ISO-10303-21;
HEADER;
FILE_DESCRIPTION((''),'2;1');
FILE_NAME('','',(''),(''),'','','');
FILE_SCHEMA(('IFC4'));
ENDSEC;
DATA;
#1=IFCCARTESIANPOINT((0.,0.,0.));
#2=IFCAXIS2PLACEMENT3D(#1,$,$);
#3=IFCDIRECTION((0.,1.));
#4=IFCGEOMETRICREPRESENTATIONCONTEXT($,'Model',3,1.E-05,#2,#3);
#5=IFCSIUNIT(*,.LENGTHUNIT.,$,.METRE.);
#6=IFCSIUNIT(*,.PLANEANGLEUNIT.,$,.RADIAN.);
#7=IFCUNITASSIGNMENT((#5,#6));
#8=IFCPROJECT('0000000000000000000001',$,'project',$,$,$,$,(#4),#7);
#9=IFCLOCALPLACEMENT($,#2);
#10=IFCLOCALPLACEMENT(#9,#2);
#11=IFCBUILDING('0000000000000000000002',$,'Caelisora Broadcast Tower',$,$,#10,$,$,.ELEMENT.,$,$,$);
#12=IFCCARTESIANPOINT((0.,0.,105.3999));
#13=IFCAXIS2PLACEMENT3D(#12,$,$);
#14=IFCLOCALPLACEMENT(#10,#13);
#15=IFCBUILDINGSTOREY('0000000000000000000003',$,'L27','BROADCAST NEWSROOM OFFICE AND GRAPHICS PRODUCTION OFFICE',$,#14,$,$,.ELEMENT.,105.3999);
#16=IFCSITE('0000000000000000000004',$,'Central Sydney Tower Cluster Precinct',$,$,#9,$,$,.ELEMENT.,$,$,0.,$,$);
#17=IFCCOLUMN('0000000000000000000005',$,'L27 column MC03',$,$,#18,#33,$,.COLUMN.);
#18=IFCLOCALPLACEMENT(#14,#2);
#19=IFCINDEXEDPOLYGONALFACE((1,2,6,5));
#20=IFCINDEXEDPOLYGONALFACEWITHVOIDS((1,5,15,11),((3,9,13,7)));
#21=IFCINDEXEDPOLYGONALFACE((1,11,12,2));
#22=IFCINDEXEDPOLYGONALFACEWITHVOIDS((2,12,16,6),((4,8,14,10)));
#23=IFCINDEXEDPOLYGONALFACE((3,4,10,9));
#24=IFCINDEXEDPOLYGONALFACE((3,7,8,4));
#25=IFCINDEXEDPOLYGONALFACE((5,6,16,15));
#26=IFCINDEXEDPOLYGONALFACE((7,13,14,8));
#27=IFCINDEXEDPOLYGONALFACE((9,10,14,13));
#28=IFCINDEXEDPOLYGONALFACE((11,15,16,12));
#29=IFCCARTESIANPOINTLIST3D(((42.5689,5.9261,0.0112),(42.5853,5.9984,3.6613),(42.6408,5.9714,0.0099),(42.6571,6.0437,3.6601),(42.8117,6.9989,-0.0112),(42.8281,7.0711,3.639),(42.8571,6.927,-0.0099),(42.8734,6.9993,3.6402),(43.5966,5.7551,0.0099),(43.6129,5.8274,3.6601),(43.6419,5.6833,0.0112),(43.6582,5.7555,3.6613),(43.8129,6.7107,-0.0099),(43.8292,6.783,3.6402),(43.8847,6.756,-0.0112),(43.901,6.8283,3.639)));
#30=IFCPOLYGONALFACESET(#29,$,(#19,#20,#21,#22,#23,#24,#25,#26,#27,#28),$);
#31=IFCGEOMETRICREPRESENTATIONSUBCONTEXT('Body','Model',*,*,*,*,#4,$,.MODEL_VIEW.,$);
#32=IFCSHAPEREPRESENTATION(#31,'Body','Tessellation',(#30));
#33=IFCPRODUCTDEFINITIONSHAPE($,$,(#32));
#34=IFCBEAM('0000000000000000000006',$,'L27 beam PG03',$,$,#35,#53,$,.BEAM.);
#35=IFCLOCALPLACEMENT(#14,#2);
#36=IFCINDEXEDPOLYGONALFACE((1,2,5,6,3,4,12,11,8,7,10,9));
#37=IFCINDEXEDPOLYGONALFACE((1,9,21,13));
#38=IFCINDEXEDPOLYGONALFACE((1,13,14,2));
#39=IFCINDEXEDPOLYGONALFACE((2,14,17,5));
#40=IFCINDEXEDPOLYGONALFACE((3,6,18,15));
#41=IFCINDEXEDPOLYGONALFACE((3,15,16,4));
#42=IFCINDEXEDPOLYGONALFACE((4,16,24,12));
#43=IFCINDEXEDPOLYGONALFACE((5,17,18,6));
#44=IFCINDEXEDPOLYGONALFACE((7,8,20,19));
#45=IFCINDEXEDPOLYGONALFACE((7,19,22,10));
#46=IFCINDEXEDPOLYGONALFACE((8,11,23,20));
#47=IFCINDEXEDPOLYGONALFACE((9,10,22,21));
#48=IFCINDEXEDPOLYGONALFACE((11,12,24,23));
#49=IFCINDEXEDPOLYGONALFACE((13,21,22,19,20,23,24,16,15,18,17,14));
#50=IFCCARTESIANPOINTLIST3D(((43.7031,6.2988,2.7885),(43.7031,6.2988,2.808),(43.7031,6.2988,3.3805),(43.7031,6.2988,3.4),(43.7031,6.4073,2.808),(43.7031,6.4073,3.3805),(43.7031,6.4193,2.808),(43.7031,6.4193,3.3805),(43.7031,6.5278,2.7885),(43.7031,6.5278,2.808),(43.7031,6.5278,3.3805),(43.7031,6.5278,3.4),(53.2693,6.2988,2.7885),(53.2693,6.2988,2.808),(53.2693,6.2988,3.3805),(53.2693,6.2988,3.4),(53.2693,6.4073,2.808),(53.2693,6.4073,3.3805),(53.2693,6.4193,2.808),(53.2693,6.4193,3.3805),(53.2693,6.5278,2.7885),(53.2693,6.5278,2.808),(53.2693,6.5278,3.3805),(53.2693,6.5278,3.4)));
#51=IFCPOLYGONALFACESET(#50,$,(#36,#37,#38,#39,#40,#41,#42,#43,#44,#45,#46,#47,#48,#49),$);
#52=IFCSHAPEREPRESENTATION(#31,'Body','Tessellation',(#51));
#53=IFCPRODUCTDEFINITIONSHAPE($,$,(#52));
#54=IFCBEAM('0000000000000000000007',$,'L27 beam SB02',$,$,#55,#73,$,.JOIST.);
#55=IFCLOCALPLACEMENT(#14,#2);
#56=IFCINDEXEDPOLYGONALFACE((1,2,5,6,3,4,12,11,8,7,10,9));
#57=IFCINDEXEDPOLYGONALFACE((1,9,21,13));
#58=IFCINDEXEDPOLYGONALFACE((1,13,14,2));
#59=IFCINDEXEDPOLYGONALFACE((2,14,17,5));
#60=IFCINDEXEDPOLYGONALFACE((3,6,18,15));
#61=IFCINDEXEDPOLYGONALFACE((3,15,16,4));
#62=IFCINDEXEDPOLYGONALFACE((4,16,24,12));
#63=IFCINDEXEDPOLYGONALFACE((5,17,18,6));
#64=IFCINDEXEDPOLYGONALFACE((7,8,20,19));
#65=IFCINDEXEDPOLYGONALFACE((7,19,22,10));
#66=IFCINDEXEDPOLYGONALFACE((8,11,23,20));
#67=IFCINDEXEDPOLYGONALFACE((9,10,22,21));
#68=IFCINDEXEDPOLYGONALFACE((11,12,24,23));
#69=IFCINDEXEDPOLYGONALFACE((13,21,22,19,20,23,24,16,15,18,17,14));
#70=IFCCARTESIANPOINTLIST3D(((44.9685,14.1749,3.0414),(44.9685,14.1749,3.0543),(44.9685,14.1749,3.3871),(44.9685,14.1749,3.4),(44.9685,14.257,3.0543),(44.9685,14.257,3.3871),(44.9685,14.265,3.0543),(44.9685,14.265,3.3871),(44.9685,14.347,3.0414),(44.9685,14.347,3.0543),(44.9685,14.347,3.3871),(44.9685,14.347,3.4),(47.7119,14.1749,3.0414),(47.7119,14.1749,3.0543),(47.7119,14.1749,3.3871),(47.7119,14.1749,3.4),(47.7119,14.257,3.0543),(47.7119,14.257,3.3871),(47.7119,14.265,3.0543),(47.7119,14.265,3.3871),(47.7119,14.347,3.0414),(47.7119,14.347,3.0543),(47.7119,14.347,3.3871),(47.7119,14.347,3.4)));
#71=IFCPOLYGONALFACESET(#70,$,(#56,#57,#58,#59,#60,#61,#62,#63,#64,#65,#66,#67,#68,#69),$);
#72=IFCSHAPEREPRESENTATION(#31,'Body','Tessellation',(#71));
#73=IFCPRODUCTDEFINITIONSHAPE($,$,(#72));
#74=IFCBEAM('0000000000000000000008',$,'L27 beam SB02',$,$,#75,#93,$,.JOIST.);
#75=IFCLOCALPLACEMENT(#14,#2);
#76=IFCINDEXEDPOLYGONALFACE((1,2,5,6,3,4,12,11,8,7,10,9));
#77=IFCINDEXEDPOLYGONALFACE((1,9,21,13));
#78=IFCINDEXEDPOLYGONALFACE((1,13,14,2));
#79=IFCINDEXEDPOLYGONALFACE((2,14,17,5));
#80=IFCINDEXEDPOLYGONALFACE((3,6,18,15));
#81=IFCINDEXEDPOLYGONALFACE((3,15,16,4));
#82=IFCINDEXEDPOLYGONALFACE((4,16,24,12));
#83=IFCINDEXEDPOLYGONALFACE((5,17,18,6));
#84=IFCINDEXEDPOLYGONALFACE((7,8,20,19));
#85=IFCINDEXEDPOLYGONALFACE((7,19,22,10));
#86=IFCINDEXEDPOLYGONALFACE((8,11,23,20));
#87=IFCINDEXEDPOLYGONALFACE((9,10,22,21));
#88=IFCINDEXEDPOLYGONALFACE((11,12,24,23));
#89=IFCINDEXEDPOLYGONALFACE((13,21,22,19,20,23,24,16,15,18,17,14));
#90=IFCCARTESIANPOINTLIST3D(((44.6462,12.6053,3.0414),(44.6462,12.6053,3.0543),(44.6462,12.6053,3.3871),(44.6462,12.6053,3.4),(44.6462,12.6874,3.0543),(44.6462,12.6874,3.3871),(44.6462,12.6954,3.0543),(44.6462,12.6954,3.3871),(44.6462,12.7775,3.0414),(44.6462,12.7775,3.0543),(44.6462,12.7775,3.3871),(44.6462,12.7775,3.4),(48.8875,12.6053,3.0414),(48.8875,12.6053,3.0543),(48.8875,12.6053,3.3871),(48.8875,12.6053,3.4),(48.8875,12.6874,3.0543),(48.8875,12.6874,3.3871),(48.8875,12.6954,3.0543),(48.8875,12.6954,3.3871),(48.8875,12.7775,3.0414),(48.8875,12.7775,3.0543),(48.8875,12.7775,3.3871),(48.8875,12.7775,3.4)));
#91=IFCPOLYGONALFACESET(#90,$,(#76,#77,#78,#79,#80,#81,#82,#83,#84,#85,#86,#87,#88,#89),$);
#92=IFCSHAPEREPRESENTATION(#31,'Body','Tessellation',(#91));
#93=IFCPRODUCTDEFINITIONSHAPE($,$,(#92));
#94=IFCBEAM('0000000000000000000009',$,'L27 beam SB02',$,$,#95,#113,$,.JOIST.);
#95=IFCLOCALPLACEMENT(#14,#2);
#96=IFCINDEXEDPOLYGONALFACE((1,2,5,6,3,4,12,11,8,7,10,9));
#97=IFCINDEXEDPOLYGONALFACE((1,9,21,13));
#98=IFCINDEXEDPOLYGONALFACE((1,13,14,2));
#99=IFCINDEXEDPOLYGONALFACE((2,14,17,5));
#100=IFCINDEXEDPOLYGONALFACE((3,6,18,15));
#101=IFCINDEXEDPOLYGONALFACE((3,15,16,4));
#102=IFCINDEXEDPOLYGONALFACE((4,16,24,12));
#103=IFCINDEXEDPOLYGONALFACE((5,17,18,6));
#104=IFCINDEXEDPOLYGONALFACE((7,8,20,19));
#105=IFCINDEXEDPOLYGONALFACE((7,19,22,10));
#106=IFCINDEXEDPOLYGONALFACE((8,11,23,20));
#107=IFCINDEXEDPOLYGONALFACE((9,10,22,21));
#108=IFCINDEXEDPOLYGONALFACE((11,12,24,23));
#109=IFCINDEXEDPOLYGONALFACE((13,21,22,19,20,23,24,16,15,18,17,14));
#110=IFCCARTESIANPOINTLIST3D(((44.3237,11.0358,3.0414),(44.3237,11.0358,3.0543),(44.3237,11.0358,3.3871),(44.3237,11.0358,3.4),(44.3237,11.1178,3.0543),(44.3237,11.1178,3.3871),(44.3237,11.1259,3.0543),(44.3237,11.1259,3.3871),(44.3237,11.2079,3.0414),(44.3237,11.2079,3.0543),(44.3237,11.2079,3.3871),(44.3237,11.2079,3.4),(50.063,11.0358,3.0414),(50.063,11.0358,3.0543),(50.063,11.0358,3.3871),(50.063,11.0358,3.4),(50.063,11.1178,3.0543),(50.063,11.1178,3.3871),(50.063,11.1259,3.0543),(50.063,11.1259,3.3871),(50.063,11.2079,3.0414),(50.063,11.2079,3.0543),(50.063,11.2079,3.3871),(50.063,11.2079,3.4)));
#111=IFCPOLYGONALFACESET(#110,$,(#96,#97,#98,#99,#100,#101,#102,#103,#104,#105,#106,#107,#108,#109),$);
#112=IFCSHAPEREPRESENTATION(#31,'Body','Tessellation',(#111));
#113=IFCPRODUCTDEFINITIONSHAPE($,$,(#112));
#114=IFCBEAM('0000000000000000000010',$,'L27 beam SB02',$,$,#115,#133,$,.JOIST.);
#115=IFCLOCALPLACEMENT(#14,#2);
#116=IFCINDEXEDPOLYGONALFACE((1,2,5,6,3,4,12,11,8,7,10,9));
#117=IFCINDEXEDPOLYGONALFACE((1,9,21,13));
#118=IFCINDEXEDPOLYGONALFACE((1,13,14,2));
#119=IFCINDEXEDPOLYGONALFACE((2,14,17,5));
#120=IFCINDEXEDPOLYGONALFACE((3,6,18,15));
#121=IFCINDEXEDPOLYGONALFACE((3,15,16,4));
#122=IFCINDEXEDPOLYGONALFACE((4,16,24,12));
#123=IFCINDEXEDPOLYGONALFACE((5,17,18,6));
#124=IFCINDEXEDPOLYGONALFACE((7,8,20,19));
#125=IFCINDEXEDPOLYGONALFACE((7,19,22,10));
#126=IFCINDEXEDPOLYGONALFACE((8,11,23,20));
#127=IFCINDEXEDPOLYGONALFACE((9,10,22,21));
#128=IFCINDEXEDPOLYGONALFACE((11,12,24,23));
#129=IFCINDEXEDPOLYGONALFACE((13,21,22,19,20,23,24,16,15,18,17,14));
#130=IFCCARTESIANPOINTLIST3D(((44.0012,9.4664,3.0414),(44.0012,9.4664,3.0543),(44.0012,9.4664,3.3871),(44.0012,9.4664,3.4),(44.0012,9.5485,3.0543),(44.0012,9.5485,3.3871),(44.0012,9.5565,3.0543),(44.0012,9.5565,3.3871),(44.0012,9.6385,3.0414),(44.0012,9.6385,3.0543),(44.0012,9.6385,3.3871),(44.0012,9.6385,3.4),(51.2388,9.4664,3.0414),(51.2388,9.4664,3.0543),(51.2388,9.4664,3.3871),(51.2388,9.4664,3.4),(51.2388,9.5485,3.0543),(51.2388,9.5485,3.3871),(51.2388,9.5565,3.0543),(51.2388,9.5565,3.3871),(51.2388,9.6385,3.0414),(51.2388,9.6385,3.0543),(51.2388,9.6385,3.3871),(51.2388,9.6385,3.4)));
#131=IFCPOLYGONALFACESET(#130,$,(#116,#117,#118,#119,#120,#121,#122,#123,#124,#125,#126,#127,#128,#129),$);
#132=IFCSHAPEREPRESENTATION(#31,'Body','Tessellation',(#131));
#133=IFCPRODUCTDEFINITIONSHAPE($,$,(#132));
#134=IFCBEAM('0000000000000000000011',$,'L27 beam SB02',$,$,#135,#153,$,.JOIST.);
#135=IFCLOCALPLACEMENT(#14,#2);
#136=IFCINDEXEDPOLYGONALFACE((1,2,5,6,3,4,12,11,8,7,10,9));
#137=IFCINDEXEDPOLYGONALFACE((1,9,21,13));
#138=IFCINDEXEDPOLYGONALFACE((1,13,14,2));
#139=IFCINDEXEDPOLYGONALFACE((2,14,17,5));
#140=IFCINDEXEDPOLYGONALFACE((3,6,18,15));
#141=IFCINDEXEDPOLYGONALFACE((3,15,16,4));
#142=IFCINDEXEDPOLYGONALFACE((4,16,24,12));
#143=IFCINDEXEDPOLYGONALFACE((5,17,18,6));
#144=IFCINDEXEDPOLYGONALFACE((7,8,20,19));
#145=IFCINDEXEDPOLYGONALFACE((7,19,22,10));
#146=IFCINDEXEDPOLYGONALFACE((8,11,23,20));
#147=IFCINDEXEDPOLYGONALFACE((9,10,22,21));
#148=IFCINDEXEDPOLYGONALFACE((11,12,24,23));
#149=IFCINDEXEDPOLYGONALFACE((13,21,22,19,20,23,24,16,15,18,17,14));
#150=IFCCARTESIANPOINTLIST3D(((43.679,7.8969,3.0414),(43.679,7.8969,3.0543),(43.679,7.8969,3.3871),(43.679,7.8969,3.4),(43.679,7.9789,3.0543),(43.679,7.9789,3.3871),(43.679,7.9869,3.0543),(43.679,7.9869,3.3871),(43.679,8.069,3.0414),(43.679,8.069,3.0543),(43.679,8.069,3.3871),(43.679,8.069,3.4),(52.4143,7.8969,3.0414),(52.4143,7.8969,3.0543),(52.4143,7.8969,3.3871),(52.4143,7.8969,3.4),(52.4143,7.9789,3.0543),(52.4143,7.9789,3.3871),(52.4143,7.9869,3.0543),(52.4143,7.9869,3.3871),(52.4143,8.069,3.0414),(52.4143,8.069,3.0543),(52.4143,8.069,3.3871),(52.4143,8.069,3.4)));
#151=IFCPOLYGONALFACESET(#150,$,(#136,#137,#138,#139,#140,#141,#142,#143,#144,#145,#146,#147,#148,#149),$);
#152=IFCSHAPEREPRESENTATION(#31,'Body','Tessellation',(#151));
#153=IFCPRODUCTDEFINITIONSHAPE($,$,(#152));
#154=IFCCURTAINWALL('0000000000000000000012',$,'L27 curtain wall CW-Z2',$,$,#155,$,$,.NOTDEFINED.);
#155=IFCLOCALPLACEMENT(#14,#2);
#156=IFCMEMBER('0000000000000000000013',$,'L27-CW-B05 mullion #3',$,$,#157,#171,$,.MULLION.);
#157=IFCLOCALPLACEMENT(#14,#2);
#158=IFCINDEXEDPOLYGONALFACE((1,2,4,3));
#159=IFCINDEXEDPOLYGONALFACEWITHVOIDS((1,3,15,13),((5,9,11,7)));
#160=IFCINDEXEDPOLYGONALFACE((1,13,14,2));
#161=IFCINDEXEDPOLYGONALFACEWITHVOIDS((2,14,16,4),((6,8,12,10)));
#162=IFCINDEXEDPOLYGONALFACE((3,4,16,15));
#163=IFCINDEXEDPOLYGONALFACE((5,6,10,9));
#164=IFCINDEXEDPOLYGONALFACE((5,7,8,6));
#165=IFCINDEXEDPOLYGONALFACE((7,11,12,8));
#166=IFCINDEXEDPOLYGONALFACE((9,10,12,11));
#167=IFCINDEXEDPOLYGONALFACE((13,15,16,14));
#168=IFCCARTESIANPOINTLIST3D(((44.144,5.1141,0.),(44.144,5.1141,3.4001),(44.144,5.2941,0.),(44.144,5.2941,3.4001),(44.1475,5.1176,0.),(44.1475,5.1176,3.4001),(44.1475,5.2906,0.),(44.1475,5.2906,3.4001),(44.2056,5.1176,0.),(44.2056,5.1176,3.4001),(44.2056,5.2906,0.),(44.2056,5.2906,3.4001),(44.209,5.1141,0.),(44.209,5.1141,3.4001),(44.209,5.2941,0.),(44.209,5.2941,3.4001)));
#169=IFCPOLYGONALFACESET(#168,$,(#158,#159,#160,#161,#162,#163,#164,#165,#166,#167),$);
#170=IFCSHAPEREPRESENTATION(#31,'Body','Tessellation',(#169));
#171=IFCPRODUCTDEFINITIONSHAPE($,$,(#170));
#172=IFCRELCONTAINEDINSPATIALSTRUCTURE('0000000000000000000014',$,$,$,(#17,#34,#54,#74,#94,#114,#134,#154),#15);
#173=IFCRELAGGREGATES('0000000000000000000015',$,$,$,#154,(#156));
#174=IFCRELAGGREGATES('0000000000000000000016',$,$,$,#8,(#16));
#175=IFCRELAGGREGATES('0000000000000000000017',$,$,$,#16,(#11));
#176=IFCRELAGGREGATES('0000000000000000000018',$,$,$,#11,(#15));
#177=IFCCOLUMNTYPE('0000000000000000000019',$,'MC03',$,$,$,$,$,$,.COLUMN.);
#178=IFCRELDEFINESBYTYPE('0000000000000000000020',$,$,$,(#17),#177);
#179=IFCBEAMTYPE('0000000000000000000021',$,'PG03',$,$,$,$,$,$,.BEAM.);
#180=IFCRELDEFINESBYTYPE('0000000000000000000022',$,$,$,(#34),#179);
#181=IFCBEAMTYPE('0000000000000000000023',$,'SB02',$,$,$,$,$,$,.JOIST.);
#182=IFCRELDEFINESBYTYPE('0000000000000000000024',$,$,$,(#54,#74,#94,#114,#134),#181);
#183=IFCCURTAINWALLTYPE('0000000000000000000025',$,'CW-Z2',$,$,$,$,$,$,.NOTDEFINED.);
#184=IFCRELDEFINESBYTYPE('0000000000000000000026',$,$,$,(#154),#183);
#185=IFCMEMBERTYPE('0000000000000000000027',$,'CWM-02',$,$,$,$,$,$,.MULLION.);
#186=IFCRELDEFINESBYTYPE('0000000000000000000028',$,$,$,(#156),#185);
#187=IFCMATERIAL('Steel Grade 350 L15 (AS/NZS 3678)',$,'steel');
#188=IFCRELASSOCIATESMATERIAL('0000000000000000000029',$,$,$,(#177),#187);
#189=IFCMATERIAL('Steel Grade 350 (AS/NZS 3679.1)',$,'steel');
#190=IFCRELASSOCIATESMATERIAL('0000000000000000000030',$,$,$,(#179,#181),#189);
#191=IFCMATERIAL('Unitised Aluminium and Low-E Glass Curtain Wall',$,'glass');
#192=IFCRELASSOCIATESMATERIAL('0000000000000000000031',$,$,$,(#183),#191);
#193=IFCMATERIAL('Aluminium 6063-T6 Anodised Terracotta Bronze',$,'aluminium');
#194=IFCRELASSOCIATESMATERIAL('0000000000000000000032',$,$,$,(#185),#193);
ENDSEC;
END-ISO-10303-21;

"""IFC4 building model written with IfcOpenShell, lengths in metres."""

from ifc_helpers import new_model, si_unit, direction, frame, origin, origin_2d, place, context, subcontext, project, spatial, hollow_rectangle, i_section, extrude, source, transform, mapped, material, material_profile, profile_set, type_object, type_shapes, element, aggregate, save


model = new_model("IFC4")

# Units and contexts
model_context = context("Model", 3, precision=1e-05, world=origin(), true_north=direction((0.0, 1.0)))
body_context = subcontext(model_context, "Body", "Model", "MODEL_VIEW")
ifc_project = project(units=[si_unit("LENGTHUNIT", "METRE"), si_unit("PLANEANGLEUNIT", "RADIAN")], contexts=[model_context])

# Site, building, storey
site_placement = place(None, origin())
site = spatial("IfcSite", under=ifc_project, at=site_placement, Name="Central Sydney Tower Cluster Precinct", CompositionType="ELEMENT", RefElevation=0.0)
building_placement = place(site_placement, origin())
building = spatial("IfcBuilding", under=site, at=building_placement, Name="Caelisora Broadcast Tower", CompositionType="ELEMENT")
storey_placement = place(building_placement, frame((0.0, 0.0, 105.3999)))
storey = spatial("IfcBuildingStorey", under=building, at=storey_placement, Name="L27", Description="BROADCAST NEWSROOM OFFICE AND GRAPHICS PRODUCTION OFFICE", CompositionType="ELEMENT", Elevation=105.3999)

# Column
ifc_material_1 = material(Name="Steel Grade 350 L15 (AS/NZS 3678)", Category="steel")
ifc_material_profile_1 = material_profile(ifc_material_1, hollow_rectangle(XDim=1.1001, YDim=1.1001, WallThickness=0.0601, at=origin_2d()), Name="Steel Grade 350 L15 (AS/NZS 3678)")
ifc_profile_set_1 = profile_set([ifc_material_profile_1], Name="Steel Grade 350 L15 (AS/NZS 3678)")
column_type = type_object("IfcColumnType", Name="MC03", PredefinedType="COLUMN", material=ifc_profile_set_1)
shared_shape_1 = source(origin(), body_context, "Body", "SweptSolid", [
    extrude(hollow_rectangle(XDim=1.1001, YDim=1.1001, WallThickness=0.0601, at=origin_2d()), origin(), (0.0, 0.0, 1.0), 3.6509),
])
type_shapes(column_type, [shared_shape_1])
column_placement = place(storey_placement, frame((43.2268, 6.3411, 0.0), z_axis=(0.00448, 0.019794, 0.999794), x_axis=(-0.975327, 0.220767, 0.0)))
element("IfcColumn", 1, at=column_placement, inside=storey, type_object=column_type, Name="L27 column MC03", PredefinedType="COLUMN", context=body_context, shape_type="MappedRepresentation", body=[
    mapped(shared_shape_1, transform((0.0, 0.0, 0.0), scale=1.0)),
])

# Beams
ifc_material_2 = material(Name="Steel Grade 350 (AS/NZS 3679.1)", Category="steel")
ifc_material_profile_2 = material_profile(ifc_material_2, i_section(OverallWidth=0.229, OverallDepth=0.6116, WebThickness=0.012, FlangeThickness=0.0195, at=origin_2d()), Name="Steel Grade 350 (AS/NZS 3679.1)")
ifc_profile_set_2 = profile_set([ifc_material_profile_2], Name="Steel Grade 350 (AS/NZS 3679.1)")
beam_type_1 = type_object("IfcBeamType", Name="PG03", PredefinedType="BEAM", material=ifc_profile_set_2)
shared_shape_2 = source(origin(), body_context, "Body", "SweptSolid", [
    extrude(i_section(OverallWidth=0.229, OverallDepth=0.6116, WebThickness=0.012, FlangeThickness=0.0195, at=origin_2d()), origin(), (0.0, 0.0, 1.0), 9.5662),
])
type_shapes(beam_type_1, [shared_shape_2])
beam_1_placement = place(storey_placement, frame((43.7031, 6.4133, 3.0942), z_axis=(1.0, 0.0, 0.0), x_axis=(0.0, 1.0, 0.0)))
element("IfcBeam", 2, at=beam_1_placement, inside=storey, type_object=beam_type_1, Name="L27 beam PG03", PredefinedType="BEAM", context=body_context, shape_type="MappedRepresentation", body=[
    mapped(shared_shape_2, transform((0.0, 0.0, 0.0), scale=1.0)),
])
ifc_material_profile_3 = material_profile(ifc_material_2, i_section(OverallWidth=0.1721, OverallDepth=0.3586, WebThickness=0.0081, FlangeThickness=0.0129, at=origin_2d()), Name="Steel Grade 350 (AS/NZS 3679.1)")
ifc_profile_set_3 = profile_set([ifc_material_profile_3], Name="Steel Grade 350 (AS/NZS 3679.1)")
beam_type_2 = type_object("IfcBeamType", Name="SB02", PredefinedType="JOIST", material=ifc_profile_set_3)
shared_shape_3 = source(origin(), body_context, "Body", "SweptSolid", [
    extrude(i_section(OverallWidth=0.1721, OverallDepth=0.3586, WebThickness=0.0081, FlangeThickness=0.0129, at=origin_2d()), origin(), (0.0, 0.0, 1.0), 2.7434),
])
beam_2_placement = place(storey_placement, frame((44.9685, 14.261, 3.2207), z_axis=(1.0, 0.0, 0.0), x_axis=(0.0, 1.0, 0.0)))
element("IfcBeam", 3, at=beam_2_placement, inside=storey, type_object=beam_type_2, Name="L27 beam SB02", PredefinedType="JOIST", context=body_context, shape_type="MappedRepresentation", body=[
    mapped(shared_shape_3, transform((0.0, 0.0, 0.0), scale=1.0)),
])
shared_shape_4 = source(origin(), body_context, "Body", "SweptSolid", [
    extrude(i_section(OverallWidth=0.1721, OverallDepth=0.3586, WebThickness=0.0081, FlangeThickness=0.0129, at=origin_2d()), origin(), (0.0, 0.0, 1.0), 4.2412),
])
beam_3_placement = place(storey_placement, frame((44.6462, 12.6914, 3.2207), z_axis=(1.0, 0.0, 0.0), x_axis=(0.0, 1.0, 0.0)))
element("IfcBeam", 4, at=beam_3_placement, inside=storey, type_object=beam_type_2, Name="L27 beam SB02", PredefinedType="JOIST", context=body_context, shape_type="MappedRepresentation", body=[
    mapped(shared_shape_4, transform((0.0, 0.0, 0.0), scale=1.0)),
])
shared_shape_5 = source(origin(), body_context, "Body", "SweptSolid", [
    extrude(i_section(OverallWidth=0.1721, OverallDepth=0.3586, WebThickness=0.0081, FlangeThickness=0.0129, at=origin_2d()), origin(), (0.0, 0.0, 1.0), 5.7393),
])
beam_4_placement = place(storey_placement, frame((44.3237, 11.1218, 3.2207), z_axis=(1.0, 0.0, 0.0), x_axis=(0.0, 1.0, 0.0)))
element("IfcBeam", 5, at=beam_4_placement, inside=storey, type_object=beam_type_2, Name="L27 beam SB02", PredefinedType="JOIST", context=body_context, shape_type="MappedRepresentation", body=[
    mapped(shared_shape_5, transform((0.0, 0.0, 0.0), scale=1.0)),
])
shared_shape_6 = source(origin(), body_context, "Body", "SweptSolid", [
    extrude(i_section(OverallWidth=0.1721, OverallDepth=0.3586, WebThickness=0.0081, FlangeThickness=0.0129, at=origin_2d()), origin(), (0.0, 0.0, 1.0), 7.2375),
])
beam_5_placement = place(storey_placement, frame((44.0012, 9.5525, 3.2207), z_axis=(1.0, 0.0, 0.0), x_axis=(0.0, 1.0, 0.0)))
element("IfcBeam", 6, at=beam_5_placement, inside=storey, type_object=beam_type_2, Name="L27 beam SB02", PredefinedType="JOIST", context=body_context, shape_type="MappedRepresentation", body=[
    mapped(shared_shape_6, transform((0.0, 0.0, 0.0), scale=1.0)),
])
shared_shape_7 = source(origin(), body_context, "Body", "SweptSolid", [
    extrude(i_section(OverallWidth=0.1721, OverallDepth=0.3586, WebThickness=0.0081, FlangeThickness=0.0129, at=origin_2d()), origin(), (0.0, 0.0, 1.0), 8.7354),
])
type_shapes(beam_type_2, [shared_shape_3, shared_shape_4, shared_shape_5, shared_shape_6, shared_shape_7])
beam_6_placement = place(storey_placement, frame((43.679, 7.9829, 3.2207), z_axis=(1.0, 0.0, 0.0), x_axis=(0.0, 1.0, 0.0)))
element("IfcBeam", 7, at=beam_6_placement, inside=storey, type_object=beam_type_2, Name="L27 beam SB02", PredefinedType="JOIST", context=body_context, shape_type="MappedRepresentation", body=[
    mapped(shared_shape_7, transform((0.0, 0.0, 0.0), scale=1.0)),
])

# Curtain wall, member
ifc_material_3 = material(Name="Unitised Aluminium and Low-E Glass Curtain Wall", Category="glass")
curtain_wall_type_1 = type_object("IfcCurtainWallType", Name="CW-Z2", PredefinedType="NOTDEFINED", material=ifc_material_3)
curtain_wall_1_placement = place(storey_placement, origin())
curtain_wall_1 = element("IfcCurtainWall", 8, at=curtain_wall_1_placement, inside=storey, type_object=curtain_wall_type_1, Name="L27 curtain wall CW-Z2", PredefinedType="NOTDEFINED")
ifc_material_4 = material(Name="Aluminium 6063-T6 Anodised Terracotta Bronze", Category="aluminium")
ifc_material_profile_4 = material_profile(ifc_material_4, hollow_rectangle(XDim=0.0649, YDim=0.1799, WallThickness=0.0034, at=origin_2d()), Name="Aluminium 6063-T6 Anodised Terracotta Bronze")
ifc_profile_set_4 = profile_set([ifc_material_profile_4], Name="Aluminium 6063-T6 Anodised Terracotta Bronze")
member_type_1 = type_object("IfcMemberType", Name="CWM-02", PredefinedType="MULLION", material=ifc_profile_set_4)
shared_shape_8 = source(origin(), body_context, "Body", "SweptSolid", [
    extrude(hollow_rectangle(XDim=0.0649, YDim=0.1799, WallThickness=0.0034, at=origin_2d()), origin(), (0.0, 0.0, 1.0), 3.4001),
])
type_shapes(member_type_1, [shared_shape_8])
member_1_placement = place(storey_placement, frame((44.1765, 5.2041, 0.0), z_axis=(0.0, 0.0, 1.0), x_axis=(1.0, 0.0, 0.0)))
member_1 = element("IfcMember", 9, at=member_1_placement, type_object=member_type_1, Name="L27-CW-B05 mullion #3", PredefinedType="MULLION", context=body_context, shape_type="MappedRepresentation", body=[
    mapped(shared_shape_8, transform((0.0, 0.0, 0.0), scale=1.0)),
])
aggregate(curtain_wall_1, [member_1])

save(model, "model.ifc")
